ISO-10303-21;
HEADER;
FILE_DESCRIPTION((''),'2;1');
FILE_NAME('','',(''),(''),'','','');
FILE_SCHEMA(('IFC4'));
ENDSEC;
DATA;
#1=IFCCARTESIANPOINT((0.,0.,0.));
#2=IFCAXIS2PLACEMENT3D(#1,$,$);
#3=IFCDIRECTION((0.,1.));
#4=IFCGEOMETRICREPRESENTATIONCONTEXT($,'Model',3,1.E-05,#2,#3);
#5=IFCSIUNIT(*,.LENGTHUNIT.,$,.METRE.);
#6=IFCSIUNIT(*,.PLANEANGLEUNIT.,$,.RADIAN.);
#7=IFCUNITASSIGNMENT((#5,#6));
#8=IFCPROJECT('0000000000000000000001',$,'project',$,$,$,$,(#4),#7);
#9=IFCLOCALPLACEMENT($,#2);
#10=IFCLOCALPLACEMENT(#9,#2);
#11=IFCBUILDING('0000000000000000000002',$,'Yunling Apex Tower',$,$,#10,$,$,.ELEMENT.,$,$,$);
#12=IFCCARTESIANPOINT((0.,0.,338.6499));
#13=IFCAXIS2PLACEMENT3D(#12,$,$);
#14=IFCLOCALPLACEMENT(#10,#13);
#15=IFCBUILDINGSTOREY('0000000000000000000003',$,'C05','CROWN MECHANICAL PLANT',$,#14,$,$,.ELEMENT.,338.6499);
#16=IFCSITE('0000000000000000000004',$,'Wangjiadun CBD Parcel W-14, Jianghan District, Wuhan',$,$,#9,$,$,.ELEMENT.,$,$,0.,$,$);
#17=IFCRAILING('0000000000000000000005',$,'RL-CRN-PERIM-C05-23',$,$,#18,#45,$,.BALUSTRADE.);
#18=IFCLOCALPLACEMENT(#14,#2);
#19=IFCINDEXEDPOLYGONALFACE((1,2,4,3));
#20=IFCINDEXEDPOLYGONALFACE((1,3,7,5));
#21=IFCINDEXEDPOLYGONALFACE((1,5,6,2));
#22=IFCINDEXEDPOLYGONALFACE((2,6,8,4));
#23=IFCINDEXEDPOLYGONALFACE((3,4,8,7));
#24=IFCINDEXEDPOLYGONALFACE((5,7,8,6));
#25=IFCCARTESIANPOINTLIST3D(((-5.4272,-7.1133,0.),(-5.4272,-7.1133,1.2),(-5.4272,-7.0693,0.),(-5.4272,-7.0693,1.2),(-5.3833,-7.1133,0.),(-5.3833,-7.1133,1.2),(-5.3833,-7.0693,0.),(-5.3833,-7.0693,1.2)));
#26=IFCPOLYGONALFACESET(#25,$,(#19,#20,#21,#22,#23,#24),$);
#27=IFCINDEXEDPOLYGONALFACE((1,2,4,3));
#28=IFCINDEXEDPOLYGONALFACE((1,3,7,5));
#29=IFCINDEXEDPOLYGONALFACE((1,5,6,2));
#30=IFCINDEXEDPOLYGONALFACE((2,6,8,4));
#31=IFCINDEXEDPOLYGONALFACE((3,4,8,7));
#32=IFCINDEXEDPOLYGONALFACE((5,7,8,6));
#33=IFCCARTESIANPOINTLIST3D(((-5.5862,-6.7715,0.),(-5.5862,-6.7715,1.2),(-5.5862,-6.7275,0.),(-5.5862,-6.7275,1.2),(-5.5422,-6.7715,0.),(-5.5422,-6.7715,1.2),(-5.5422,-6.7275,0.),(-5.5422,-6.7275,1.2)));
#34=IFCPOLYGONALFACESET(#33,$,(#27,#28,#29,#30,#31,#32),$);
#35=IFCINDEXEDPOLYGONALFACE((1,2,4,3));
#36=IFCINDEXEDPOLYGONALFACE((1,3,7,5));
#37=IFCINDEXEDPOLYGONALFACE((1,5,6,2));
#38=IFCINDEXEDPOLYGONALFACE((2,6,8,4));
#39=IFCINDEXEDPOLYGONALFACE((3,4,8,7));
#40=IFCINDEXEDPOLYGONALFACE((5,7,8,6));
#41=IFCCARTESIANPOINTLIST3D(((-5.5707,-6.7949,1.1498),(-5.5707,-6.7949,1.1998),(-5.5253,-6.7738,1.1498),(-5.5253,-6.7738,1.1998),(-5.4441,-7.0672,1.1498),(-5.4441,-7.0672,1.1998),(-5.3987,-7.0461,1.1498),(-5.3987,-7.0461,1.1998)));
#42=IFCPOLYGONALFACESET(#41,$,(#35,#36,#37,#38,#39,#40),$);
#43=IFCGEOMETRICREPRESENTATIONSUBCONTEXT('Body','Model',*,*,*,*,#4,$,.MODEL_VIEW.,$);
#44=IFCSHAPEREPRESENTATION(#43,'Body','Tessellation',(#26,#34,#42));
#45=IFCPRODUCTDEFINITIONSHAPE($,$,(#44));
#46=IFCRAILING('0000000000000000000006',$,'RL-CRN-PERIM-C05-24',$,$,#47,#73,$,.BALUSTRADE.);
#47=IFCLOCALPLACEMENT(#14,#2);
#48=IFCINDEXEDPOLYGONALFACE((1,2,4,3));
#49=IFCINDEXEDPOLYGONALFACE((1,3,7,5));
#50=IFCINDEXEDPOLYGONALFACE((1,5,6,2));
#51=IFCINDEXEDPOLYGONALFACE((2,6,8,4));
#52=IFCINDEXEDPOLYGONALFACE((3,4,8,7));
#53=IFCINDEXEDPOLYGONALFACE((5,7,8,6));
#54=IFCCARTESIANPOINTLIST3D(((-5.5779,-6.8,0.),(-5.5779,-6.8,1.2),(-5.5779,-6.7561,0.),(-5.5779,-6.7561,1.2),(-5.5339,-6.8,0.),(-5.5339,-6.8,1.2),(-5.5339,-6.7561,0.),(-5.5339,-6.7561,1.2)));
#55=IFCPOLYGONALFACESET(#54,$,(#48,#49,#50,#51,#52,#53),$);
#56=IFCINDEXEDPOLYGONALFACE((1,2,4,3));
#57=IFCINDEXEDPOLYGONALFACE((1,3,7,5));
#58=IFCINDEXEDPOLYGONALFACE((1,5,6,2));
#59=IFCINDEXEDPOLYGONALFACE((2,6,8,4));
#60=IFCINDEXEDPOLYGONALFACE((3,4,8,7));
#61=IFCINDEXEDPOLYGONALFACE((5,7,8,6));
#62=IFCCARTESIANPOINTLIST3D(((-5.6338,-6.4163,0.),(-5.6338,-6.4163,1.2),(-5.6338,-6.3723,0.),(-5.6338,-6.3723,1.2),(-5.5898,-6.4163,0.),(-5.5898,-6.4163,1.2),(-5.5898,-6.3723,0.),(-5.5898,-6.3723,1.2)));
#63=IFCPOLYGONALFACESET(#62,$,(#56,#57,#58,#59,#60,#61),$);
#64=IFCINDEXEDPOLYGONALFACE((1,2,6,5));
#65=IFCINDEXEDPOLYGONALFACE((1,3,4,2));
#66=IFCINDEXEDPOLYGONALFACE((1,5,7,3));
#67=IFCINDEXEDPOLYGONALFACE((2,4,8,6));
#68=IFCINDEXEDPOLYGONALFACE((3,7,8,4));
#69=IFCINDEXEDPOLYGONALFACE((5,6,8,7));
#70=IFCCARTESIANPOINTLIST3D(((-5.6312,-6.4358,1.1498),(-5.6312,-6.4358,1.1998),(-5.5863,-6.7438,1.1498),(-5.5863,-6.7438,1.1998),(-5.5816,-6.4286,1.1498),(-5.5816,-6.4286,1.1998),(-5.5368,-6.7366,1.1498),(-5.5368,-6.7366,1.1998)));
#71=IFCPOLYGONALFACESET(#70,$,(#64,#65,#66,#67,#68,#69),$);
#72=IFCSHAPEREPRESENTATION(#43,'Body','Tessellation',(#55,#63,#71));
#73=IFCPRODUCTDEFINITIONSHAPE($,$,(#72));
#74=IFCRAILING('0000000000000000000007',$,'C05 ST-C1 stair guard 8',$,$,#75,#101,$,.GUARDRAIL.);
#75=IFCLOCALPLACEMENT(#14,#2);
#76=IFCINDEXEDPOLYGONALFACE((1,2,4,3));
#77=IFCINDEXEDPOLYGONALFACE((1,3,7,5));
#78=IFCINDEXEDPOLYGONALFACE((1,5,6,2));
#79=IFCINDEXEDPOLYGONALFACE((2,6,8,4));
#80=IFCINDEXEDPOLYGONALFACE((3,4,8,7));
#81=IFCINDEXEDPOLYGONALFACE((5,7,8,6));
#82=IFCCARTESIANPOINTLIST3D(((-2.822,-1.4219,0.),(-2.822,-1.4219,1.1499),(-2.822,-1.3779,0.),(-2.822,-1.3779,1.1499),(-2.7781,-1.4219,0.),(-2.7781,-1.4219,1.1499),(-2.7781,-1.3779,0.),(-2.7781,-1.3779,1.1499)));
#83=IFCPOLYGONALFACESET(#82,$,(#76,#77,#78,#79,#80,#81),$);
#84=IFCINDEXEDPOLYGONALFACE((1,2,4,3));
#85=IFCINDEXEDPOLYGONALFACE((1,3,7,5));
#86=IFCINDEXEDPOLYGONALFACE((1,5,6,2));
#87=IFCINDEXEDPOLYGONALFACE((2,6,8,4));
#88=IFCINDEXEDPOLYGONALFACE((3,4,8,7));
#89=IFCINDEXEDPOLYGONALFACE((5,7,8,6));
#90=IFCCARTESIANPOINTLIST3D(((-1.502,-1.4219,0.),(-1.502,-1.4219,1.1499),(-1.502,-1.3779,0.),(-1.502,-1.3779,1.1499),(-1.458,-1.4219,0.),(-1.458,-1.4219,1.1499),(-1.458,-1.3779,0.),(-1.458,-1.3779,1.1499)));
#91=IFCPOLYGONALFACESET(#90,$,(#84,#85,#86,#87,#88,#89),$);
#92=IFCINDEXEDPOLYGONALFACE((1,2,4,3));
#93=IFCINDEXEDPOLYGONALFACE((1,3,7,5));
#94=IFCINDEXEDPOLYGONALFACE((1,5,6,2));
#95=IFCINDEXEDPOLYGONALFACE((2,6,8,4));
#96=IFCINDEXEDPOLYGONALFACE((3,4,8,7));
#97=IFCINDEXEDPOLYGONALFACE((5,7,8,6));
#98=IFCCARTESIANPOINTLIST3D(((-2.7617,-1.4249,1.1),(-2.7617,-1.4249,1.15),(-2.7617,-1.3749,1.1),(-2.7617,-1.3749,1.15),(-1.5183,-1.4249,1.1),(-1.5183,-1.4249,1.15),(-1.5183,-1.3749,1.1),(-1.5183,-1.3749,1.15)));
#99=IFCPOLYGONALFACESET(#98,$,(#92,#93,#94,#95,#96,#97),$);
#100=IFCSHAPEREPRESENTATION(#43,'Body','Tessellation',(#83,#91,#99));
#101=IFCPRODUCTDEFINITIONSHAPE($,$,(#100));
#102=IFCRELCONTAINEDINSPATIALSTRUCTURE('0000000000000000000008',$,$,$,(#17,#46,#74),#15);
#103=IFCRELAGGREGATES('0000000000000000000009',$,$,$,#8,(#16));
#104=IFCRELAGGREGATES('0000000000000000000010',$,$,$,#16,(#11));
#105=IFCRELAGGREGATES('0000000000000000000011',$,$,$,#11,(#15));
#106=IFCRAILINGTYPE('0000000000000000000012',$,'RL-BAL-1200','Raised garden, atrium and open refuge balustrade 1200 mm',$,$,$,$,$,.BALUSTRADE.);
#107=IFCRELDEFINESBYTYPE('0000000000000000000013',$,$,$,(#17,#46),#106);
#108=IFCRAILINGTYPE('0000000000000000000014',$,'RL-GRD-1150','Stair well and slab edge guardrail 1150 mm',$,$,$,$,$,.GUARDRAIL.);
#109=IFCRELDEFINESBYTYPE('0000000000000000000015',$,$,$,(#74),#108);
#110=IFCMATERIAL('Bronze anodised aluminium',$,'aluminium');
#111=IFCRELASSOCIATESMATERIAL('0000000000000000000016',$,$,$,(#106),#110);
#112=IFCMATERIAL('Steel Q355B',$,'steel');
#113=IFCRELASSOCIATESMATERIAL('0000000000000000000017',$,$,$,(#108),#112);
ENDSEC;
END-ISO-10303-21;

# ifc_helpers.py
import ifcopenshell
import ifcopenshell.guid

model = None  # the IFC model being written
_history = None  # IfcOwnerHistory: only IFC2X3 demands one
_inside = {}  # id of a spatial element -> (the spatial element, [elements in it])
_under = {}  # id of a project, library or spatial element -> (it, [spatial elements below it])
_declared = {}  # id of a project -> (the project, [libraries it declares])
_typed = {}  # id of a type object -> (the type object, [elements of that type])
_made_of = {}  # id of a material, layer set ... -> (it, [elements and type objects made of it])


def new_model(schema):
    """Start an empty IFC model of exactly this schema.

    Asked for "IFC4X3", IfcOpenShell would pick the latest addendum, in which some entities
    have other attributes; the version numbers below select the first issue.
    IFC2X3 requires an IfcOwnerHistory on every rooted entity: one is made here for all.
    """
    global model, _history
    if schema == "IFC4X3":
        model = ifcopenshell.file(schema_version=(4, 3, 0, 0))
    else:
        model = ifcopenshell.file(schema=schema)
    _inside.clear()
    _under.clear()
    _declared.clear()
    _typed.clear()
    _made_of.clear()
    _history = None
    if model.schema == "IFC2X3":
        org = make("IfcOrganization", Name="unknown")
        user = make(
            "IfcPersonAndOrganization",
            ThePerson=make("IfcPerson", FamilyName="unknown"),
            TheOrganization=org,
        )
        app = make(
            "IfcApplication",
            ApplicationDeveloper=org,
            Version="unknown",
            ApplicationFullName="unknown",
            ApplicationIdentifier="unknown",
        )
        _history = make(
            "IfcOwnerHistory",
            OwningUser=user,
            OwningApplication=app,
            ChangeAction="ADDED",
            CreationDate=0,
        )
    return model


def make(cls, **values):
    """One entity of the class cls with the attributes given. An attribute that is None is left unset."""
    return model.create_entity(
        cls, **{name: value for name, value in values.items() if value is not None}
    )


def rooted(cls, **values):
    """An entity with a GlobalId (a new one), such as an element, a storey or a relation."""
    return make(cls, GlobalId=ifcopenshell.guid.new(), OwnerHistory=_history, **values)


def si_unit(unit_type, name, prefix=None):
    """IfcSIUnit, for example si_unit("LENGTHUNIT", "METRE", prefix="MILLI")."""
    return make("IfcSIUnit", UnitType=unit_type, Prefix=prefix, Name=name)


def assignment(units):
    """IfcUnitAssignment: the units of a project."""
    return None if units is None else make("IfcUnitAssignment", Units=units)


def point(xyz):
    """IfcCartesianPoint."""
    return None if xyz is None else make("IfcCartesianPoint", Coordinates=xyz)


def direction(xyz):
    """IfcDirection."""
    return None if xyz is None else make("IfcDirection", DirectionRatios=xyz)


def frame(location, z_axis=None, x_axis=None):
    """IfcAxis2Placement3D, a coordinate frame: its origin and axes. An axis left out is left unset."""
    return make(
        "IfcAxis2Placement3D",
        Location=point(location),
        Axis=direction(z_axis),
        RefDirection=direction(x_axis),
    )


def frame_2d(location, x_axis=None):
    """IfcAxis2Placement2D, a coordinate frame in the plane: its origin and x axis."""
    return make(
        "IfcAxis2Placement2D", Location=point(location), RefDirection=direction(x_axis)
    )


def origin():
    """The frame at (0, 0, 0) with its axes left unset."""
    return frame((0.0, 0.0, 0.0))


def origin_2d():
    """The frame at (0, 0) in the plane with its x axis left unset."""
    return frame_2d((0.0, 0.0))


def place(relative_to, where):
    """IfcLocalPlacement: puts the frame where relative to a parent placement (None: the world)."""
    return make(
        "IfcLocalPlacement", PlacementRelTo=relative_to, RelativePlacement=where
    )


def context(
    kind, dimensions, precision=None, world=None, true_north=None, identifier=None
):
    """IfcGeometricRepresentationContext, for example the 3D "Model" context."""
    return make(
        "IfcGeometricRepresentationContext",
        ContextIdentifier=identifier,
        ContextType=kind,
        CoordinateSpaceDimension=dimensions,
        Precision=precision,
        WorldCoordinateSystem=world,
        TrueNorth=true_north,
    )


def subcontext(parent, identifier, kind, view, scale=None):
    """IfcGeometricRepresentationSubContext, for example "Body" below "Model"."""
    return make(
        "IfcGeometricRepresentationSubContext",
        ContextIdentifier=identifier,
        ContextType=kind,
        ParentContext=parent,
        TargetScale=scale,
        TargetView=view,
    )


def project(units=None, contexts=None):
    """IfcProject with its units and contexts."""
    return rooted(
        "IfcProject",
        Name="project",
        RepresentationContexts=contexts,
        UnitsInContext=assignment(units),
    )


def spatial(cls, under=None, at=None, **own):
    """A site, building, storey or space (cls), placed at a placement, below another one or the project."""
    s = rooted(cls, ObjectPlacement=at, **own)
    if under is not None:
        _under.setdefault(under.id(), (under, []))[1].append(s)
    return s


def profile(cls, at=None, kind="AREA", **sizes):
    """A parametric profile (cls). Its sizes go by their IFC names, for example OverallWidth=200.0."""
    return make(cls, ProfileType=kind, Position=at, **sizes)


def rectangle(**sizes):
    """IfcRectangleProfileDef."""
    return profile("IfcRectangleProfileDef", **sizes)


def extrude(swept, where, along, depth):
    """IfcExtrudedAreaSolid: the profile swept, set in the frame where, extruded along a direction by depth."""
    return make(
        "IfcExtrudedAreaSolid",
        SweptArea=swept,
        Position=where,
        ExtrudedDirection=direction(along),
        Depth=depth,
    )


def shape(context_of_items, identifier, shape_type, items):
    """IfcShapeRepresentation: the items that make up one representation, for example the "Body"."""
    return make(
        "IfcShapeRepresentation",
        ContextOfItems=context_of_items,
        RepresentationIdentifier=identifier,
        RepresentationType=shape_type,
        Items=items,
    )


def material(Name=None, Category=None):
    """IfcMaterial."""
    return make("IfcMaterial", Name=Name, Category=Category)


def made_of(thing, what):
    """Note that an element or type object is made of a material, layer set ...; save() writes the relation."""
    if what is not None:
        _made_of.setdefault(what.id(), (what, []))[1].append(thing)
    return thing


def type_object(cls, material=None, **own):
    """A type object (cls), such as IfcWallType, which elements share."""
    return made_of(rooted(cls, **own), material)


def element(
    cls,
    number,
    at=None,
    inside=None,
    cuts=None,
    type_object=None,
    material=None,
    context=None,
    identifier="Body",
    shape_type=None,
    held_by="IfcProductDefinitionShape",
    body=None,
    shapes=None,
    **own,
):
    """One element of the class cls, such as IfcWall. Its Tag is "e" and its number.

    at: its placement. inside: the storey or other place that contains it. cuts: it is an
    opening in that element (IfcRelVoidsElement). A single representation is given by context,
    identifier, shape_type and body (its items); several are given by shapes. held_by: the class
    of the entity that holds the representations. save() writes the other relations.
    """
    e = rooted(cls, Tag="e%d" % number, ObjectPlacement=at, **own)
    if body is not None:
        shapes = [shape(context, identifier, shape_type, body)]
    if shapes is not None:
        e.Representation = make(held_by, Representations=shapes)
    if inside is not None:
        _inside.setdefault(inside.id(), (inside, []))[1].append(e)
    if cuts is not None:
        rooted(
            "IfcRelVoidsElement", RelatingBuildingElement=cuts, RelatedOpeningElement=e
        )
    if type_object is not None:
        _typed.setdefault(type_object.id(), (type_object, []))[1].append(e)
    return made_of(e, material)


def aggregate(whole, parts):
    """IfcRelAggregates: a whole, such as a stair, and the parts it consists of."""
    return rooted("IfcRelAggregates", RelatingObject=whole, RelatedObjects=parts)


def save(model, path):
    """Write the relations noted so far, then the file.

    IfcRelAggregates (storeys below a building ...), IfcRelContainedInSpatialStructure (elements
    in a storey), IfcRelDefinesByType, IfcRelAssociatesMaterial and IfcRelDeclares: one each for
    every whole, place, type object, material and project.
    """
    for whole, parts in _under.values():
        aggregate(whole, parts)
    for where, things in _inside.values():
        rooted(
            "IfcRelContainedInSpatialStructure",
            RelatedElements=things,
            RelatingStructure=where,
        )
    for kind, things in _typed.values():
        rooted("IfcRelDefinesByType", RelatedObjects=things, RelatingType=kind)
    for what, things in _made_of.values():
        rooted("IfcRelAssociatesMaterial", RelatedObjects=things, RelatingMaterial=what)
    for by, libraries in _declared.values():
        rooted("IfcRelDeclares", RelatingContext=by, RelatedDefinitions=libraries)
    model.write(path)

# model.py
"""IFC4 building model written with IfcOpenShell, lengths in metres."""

from ifc_helpers import new_model, si_unit, direction, frame, origin, origin_2d, place, context, subcontext, project, spatial, rectangle, extrude, material, type_object, element, save


model = new_model("IFC4")

# Units and contexts
model_context = context("Model", 3, precision=1e-05, world=origin(), true_north=direction((0.0, 1.0)))
body_context = subcontext(model_context, "Body", "Model", "MODEL_VIEW")
ifc_project = project(units=[si_unit("LENGTHUNIT", "METRE"), si_unit("PLANEANGLEUNIT", "RADIAN")], contexts=[model_context])

# Site, building, storey
site_placement = place(None, origin())
site = spatial("IfcSite", under=ifc_project, at=site_placement, Name="Wangjiadun CBD Parcel W-14, Jianghan District, Wuhan", CompositionType="ELEMENT", RefElevation=0.0)
building_placement = place(site_placement, origin())
building = spatial("IfcBuilding", under=site, at=building_placement, Name="Yunling Apex Tower", CompositionType="ELEMENT")
storey_placement = place(building_placement, frame((0.0, 0.0, 338.6499)))
storey = spatial("IfcBuildingStorey", under=building, at=storey_placement, Name="C05", Description="CROWN MECHANICAL PLANT", CompositionType="ELEMENT", Elevation=338.6499)

# Shared definitions
ifc_material_1 = material(Name="Steel Q355B", Category="steel")

# Shared definitions
ifc_material_2 = material(Name="Bronze anodised aluminium", Category="aluminium")

# Railings
railing_type_1 = type_object("IfcRailingType", Name="RL-BAL-1200", Description="Raised garden, atrium and open refuge balustrade 1200 mm", PredefinedType="BALUSTRADE", material=ifc_material_2)
railing_1_placement = place(storey_placement, frame((-5.4053, -7.0913, 0.0)))
element("IfcRailing", 1, at=railing_1_placement, inside=storey, type_object=railing_type_1, Name="RL-CRN-PERIM-C05-23", PredefinedType="BALUSTRADE", context=body_context, shape_type="SweptSolid", body=[
    extrude(rectangle(XDim=0.0439, YDim=0.0439, at=origin_2d()), origin(), (0.0, 0.0, 1.0), 1.2),
    extrude(rectangle(XDim=0.0439, YDim=0.0439, at=origin_2d()), frame((-0.1589, 0.3418, 0.0)), (0.0, 0.0, 1.0), 1.2),
    extrude(rectangle(XDim=0.05, YDim=0.05, at=origin_2d()), frame((-0.0161, 0.0347, 1.1748), z_axis=(-0.421644, 0.906761, 0.0), x_axis=(-0.906761, -0.421644, 0.0)), (0.0, 0.0, 1.0), 0.3003),
])
railing_2_placement = place(storey_placement, frame((-5.5559, -6.7781, 0.0)))
element("IfcRailing", 2, at=railing_2_placement, inside=storey, type_object=railing_type_1, Name="RL-CRN-PERIM-C05-24", PredefinedType="BALUSTRADE", context=body_context, shape_type="SweptSolid", body=[
    extrude(rectangle(XDim=0.0439, YDim=0.0439, at=origin_2d()), origin(), (0.0, 0.0, 1.0), 1.2),
    extrude(rectangle(XDim=0.0439, YDim=0.0439, at=origin_2d()), frame((-0.0559, 0.3838, 0.0)), (0.0, 0.0, 1.0), 1.2),
    extrude(rectangle(XDim=0.05, YDim=0.05, at=origin_2d()), frame((-0.0056, 0.0378, 1.1748), z_axis=(-0.144153, 0.989555, 0.0), x_axis=(-0.989555, -0.144153, 0.0)), (0.0, 0.0, 1.0), 0.3113),
])
railing_type_2 = type_object("IfcRailingType", Name="RL-GRD-1150", Description="Stair well and slab edge guardrail 1150 mm", PredefinedType="GUARDRAIL", material=ifc_material_1)
railing_3_placement = place(storey_placement, frame((-2.8, -1.3999, 0.0)))
element("IfcRailing", 3, at=railing_3_placement, inside=storey, type_object=railing_type_2, Name="C05 ST-C1 stair guard 8", PredefinedType="GUARDRAIL", context=body_context, shape_type="SweptSolid", body=[
    extrude(rectangle(XDim=0.0439, YDim=0.0439, at=origin_2d()), origin(), (0.0, 0.0, 1.0), 1.1499),
    extrude(rectangle(XDim=0.0439, YDim=0.0439, at=origin_2d()), frame((1.3201, 0.0, 0.0)), (0.0, 0.0, 1.0), 1.1499),
    extrude(rectangle(XDim=0.05, YDim=0.05, at=origin_2d()), frame((0.0383, 0.0, 1.125), z_axis=(1.0, 0.0, 0.0), x_axis=(0.0, 1.0, 0.0)), (0.0, 0.0, 1.0), 1.2434),
])

save(model, "model.ifc")
